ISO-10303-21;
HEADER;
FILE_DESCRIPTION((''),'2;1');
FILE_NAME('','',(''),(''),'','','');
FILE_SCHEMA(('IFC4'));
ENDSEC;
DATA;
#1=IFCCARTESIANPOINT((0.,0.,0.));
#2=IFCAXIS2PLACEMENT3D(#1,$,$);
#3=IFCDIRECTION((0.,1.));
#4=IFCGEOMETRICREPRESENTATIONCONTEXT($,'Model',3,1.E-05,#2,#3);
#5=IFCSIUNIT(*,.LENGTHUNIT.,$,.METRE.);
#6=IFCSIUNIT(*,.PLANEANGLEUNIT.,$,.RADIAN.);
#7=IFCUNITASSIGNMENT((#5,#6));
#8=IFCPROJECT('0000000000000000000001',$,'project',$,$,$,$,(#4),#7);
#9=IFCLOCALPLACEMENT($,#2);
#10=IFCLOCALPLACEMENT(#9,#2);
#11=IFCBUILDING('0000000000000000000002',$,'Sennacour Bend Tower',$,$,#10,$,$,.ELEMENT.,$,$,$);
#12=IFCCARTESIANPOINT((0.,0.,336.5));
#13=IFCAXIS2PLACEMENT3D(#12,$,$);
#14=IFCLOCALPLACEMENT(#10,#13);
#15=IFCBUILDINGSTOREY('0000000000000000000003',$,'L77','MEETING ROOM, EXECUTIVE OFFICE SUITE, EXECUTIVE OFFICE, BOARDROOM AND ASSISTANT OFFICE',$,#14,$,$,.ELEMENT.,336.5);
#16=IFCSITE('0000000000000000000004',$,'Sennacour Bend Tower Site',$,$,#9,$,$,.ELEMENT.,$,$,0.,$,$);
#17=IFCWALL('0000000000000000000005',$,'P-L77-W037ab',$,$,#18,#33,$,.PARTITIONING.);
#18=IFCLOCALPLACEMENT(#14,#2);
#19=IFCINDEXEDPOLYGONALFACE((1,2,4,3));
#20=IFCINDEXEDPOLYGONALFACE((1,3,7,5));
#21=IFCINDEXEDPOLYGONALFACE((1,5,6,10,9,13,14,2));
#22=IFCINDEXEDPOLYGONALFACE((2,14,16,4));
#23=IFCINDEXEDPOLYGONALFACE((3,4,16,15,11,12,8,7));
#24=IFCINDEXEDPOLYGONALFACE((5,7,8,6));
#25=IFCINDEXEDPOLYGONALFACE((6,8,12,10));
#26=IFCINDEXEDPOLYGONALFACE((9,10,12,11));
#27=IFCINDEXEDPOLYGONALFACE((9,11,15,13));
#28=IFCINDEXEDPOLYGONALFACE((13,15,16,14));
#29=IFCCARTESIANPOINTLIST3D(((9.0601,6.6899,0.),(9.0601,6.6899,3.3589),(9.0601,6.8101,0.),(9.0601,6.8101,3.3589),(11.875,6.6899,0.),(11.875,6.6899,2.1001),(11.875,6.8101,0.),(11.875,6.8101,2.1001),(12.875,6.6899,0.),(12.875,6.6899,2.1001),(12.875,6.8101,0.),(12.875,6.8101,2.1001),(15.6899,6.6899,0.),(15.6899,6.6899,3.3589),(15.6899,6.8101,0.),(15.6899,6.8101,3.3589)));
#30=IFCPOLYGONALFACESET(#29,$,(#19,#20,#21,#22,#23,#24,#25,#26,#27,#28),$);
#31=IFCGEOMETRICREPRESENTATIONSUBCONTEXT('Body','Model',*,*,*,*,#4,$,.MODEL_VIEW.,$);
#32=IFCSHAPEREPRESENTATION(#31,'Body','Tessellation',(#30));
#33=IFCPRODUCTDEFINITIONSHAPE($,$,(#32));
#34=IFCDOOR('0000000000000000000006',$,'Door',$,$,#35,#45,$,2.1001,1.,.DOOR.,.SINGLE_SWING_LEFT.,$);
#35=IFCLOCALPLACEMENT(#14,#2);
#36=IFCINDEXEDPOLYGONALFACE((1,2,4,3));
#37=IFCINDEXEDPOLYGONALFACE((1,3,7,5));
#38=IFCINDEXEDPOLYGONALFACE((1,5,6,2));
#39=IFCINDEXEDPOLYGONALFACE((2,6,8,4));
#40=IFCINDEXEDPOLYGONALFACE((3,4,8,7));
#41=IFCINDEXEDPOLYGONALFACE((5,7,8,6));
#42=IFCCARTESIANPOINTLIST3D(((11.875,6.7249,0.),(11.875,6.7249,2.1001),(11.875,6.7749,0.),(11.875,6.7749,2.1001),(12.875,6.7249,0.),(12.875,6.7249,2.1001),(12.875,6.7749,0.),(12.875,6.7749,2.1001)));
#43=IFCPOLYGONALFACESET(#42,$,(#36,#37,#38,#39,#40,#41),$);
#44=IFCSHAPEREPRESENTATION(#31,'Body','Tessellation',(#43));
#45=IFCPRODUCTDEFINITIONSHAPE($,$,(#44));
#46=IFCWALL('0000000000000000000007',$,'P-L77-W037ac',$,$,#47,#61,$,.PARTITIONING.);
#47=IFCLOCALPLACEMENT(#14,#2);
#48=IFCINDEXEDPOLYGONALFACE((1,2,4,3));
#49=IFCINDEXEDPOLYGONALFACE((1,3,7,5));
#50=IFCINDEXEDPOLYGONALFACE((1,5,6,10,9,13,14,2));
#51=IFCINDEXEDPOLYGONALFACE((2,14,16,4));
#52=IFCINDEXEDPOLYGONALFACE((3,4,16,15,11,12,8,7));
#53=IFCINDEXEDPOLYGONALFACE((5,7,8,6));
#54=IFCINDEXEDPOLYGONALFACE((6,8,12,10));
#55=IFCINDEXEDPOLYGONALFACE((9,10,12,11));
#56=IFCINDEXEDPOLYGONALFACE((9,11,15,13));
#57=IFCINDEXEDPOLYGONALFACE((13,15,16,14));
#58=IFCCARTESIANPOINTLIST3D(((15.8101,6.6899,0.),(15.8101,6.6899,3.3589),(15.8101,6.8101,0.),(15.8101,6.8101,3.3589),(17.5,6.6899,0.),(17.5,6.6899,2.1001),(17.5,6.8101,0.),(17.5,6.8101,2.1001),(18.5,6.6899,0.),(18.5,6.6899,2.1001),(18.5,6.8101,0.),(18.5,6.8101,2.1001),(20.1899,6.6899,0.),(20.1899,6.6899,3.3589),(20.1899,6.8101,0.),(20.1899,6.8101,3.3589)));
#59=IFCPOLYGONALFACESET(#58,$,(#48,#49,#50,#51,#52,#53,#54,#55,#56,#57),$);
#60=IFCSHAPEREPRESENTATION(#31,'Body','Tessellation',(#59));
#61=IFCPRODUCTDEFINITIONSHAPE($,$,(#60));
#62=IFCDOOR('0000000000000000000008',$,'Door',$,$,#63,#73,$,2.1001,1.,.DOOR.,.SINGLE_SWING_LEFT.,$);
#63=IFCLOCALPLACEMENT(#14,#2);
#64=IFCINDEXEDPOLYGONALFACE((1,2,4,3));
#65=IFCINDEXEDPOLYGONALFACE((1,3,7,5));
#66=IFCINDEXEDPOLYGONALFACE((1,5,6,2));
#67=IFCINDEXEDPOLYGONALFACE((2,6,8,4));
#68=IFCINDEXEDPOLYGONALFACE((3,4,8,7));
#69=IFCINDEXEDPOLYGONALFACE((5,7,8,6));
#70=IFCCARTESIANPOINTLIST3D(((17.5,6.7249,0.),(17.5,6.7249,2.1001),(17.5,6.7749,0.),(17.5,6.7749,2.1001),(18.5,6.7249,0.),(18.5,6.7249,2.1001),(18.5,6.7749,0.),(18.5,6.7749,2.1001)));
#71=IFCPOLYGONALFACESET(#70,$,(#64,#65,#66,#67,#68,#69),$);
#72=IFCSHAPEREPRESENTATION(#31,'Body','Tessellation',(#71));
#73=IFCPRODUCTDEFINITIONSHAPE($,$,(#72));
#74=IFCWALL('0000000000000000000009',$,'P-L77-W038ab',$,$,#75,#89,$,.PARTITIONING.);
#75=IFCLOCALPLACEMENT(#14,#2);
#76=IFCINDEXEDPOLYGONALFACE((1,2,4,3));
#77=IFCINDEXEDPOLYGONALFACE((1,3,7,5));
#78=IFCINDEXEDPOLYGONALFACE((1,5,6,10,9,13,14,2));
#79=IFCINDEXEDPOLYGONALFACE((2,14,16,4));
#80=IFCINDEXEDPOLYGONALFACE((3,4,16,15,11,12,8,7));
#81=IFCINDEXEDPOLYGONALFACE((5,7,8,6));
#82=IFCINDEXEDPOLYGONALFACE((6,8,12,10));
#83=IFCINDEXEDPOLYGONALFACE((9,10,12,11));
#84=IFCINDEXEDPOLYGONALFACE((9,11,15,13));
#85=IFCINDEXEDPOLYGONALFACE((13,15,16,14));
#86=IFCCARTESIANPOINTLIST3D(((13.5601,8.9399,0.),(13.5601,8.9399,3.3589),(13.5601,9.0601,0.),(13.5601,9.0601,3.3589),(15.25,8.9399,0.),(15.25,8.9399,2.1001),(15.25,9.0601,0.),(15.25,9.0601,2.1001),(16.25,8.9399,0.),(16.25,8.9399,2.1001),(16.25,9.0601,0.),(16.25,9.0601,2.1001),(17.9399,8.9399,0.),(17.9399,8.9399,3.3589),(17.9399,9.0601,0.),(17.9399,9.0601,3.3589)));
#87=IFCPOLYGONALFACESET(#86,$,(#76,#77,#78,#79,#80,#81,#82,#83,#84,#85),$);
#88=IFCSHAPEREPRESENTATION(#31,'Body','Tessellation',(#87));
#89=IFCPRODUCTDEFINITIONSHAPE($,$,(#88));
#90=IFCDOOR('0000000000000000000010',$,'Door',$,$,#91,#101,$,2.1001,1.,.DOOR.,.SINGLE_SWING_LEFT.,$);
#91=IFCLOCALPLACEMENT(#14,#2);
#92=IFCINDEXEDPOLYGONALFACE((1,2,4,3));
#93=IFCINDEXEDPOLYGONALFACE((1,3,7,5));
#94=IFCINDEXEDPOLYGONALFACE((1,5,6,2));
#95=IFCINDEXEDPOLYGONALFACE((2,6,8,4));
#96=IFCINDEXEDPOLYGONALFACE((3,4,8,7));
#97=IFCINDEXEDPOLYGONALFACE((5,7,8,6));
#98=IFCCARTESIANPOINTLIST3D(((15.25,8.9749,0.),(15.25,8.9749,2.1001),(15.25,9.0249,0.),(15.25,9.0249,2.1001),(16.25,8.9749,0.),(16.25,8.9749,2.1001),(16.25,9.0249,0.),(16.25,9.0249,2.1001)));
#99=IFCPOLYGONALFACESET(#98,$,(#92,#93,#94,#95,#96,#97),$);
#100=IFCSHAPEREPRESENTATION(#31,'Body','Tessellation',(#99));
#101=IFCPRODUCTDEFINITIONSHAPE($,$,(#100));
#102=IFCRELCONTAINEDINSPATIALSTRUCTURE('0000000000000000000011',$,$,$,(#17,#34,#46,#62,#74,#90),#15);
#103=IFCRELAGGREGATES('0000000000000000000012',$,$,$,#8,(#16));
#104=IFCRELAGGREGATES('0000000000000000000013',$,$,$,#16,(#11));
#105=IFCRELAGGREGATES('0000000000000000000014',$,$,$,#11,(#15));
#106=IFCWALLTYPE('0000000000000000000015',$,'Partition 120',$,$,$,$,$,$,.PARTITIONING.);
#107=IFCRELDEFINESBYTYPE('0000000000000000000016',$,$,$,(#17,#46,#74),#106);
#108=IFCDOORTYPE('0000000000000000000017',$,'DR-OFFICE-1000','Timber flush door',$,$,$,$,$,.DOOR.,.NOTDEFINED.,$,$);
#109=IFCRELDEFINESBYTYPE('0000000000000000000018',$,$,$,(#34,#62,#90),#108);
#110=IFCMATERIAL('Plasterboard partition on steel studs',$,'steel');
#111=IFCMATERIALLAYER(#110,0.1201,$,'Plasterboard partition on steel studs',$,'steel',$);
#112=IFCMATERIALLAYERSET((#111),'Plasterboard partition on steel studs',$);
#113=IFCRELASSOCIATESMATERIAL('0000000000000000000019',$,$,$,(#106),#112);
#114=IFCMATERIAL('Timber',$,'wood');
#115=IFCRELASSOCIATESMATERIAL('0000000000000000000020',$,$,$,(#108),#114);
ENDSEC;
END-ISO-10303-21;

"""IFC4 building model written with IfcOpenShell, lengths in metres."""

from ifc_helpers import new_model, si_unit, direction, frame, frame_2d, origin, place, context, subcontext, project, spatial, rectangle, extrude, material, layer, layer_set, type_object, element, fill, save


model = new_model("IFC4")

# Units and contexts
model_context = context("Model", 3, precision=1e-05, world=origin(), true_north=direction((0.0, 1.0)))
body_context = subcontext(model_context, "Body", "Model", "MODEL_VIEW")
ifc_project = project(units=[si_unit("LENGTHUNIT", "METRE"), si_unit("PLANEANGLEUNIT", "RADIAN")], contexts=[model_context])

# Site, building, storey
site_placement = place(None, origin())
site = spatial("IfcSite", under=ifc_project, at=site_placement, Name="Sennacour Bend Tower Site", CompositionType="ELEMENT", RefElevation=0.0)
building_placement = place(site_placement, origin())
building = spatial("IfcBuilding", under=site, at=building_placement, Name="Sennacour Bend Tower", CompositionType="ELEMENT")
storey_placement = place(building_placement, frame((0.0, 0.0, 336.5)))
storey = spatial("IfcBuildingStorey", under=building, at=storey_placement, Name="L77", Description="MEETING ROOM, EXECUTIVE OFFICE SUITE, EXECUTIVE OFFICE, BOARDROOM AND ASSISTANT OFFICE", CompositionType="ELEMENT", Elevation=336.5)

# Shared definitions
ifc_material_1 = material(Name="Plasterboard partition on steel studs", Category="steel")
ifc_layer_1 = layer(ifc_material_1, 0.1201, Name="Plasterboard partition on steel studs", Category="steel")
ifc_layer_set_1 = layer_set([ifc_layer_1], Name="Plasterboard partition on steel studs")
wall_type = type_object("IfcWallType", Name="Partition 120", PredefinedType="PARTITIONING", material=ifc_layer_set_1)

# Walls, openings, doors
wall_1_placement = place(storey_placement, frame((9.0601, 6.75, 0.0), z_axis=(0.0, 0.0, 1.0), x_axis=(1.0, 0.0, 0.0)))
wall_1 = element("IfcWall", 1, at=wall_1_placement, inside=storey, type_object=wall_type, Name="P-L77-W037ab", PredefinedType="PARTITIONING", context=body_context, shape_type="SweptSolid", body=[
    extrude(rectangle(XDim=6.6299, YDim=0.1201, at=frame_2d((3.3149, 0.0))), origin(), (0.0, 0.0, 1.0), 3.3589),
])
opening_1_placement = place(wall_1_placement, frame((2.8149, 0.0, 0.0)))
opening_1 = element("IfcOpeningElement", 2, at=opening_1_placement, cuts=wall_1, PredefinedType="OPENING", context=body_context, shape_type="SweptSolid", body=[
    extrude(rectangle(XDim=1.0, YDim=2.1001, at=frame_2d((0.5, 1.05))), frame((0.0, 0.0701, 0.0), z_axis=(0.0, -1.0, 0.0), x_axis=(1.0, 0.0, 0.0)), (0.0, 0.0, 1.0), 0.1401),
])
ifc_material_2 = material(Name="Timber", Category="wood")
door_type = type_object("IfcDoorType", Name="DR-OFFICE-1000", Description="Timber flush door", OperationType="NOTDEFINED", PredefinedType="DOOR", material=ifc_material_2)
door_1_placement = place(opening_1_placement, origin())
door_1 = element("IfcDoor", 3, at=door_1_placement, inside=storey, type_object=door_type, Name="Door", OperationType="SINGLE_SWING_LEFT", OverallHeight=2.1001, OverallWidth=1.0, PredefinedType="DOOR", context=body_context, shape_type="SweptSolid", body=[
    extrude(rectangle(XDim=1.0, YDim=2.1001, at=frame_2d((0.5, 1.05))), frame((0.0, 0.0249, 0.0), z_axis=(0.0, -1.0, 0.0), x_axis=(1.0, 0.0, 0.0)), (0.0, 0.0, 1.0), 0.05),
])
fill(opening_1, door_1)
wall_2_placement = place(storey_placement, frame((15.8101, 6.75, 0.0), z_axis=(0.0, 0.0, 1.0), x_axis=(1.0, 0.0, 0.0)))
wall_2 = element("IfcWall", 4, at=wall_2_placement, inside=storey, type_object=wall_type, Name="P-L77-W037ac", PredefinedType="PARTITIONING", context=body_context, shape_type="SweptSolid", body=[
    extrude(rectangle(XDim=4.3799, YDim=0.1201, at=frame_2d((2.1899, 0.0))), origin(), (0.0, 0.0, 1.0), 3.3589),
])
opening_2_placement = place(wall_2_placement, frame((1.6899, 0.0, 0.0)))
opening_2 = element("IfcOpeningElement", 5, at=opening_2_placement, cuts=wall_2, PredefinedType="OPENING", context=body_context, shape_type="SweptSolid", body=[
    extrude(rectangle(XDim=1.0, YDim=2.1001, at=frame_2d((0.5, 1.05))), frame((0.0, 0.0701, 0.0), z_axis=(0.0, -1.0, 0.0), x_axis=(1.0, 0.0, 0.0)), (0.0, 0.0, 1.0), 0.1401),
])
door_2_placement = place(opening_2_placement, origin())
door_2 = element("IfcDoor", 6, at=door_2_placement, inside=storey, type_object=door_type, Name="Door", OperationType="SINGLE_SWING_LEFT", OverallHeight=2.1001, OverallWidth=1.0, PredefinedType="DOOR", context=body_context, shape_type="SweptSolid", body=[
    extrude(rectangle(XDim=1.0, YDim=2.1001, at=frame_2d((0.5, 1.05))), frame((0.0, 0.0249, 0.0), z_axis=(0.0, -1.0, 0.0), x_axis=(1.0, 0.0, 0.0)), (0.0, 0.0, 1.0), 0.05),
])
fill(opening_2, door_2)
wall_3_placement = place(storey_placement, frame((13.5601, 9.0, 0.0), z_axis=(0.0, 0.0, 1.0), x_axis=(1.0, 0.0, 0.0)))
wall_3 = element("IfcWall", 7, at=wall_3_placement, inside=storey, type_object=wall_type, Name="P-L77-W038ab", PredefinedType="PARTITIONING", context=body_context, shape_type="SweptSolid", body=[
    extrude(rectangle(XDim=4.3799, YDim=0.1201, at=frame_2d((2.1899, 0.0))), origin(), (0.0, 0.0, 1.0), 3.3589),
])
opening_3_placement = place(wall_3_placement, frame((1.6899, 0.0, 0.0)))
opening_3 = element("IfcOpeningElement", 8, at=opening_3_placement, cuts=wall_3, PredefinedType="OPENING", context=body_context, shape_type="SweptSolid", body=[
    extrude(rectangle(XDim=1.0, YDim=2.1001, at=frame_2d((0.5, 1.05))), frame((0.0, 0.0701, 0.0), z_axis=(0.0, -1.0, 0.0), x_axis=(1.0, 0.0, 0.0)), (0.0, 0.0, 1.0), 0.1401),
])
door_3_placement = place(opening_3_placement, origin())
door_3 = element("IfcDoor", 9, at=door_3_placement, inside=storey, type_object=door_type, Name="Door", OperationType="SINGLE_SWING_LEFT", OverallHeight=2.1001, OverallWidth=1.0, PredefinedType="DOOR", context=body_context, shape_type="SweptSolid", body=[
    extrude(rectangle(XDim=1.0, YDim=2.1001, at=frame_2d((0.5, 1.05))), frame((0.0, 0.0249, 0.0), z_axis=(0.0, -1.0, 0.0), x_axis=(1.0, 0.0, 0.0)), (0.0, 0.0, 1.0), 0.05),
])
fill(opening_3, door_3)

save(model, "model.ifc")
